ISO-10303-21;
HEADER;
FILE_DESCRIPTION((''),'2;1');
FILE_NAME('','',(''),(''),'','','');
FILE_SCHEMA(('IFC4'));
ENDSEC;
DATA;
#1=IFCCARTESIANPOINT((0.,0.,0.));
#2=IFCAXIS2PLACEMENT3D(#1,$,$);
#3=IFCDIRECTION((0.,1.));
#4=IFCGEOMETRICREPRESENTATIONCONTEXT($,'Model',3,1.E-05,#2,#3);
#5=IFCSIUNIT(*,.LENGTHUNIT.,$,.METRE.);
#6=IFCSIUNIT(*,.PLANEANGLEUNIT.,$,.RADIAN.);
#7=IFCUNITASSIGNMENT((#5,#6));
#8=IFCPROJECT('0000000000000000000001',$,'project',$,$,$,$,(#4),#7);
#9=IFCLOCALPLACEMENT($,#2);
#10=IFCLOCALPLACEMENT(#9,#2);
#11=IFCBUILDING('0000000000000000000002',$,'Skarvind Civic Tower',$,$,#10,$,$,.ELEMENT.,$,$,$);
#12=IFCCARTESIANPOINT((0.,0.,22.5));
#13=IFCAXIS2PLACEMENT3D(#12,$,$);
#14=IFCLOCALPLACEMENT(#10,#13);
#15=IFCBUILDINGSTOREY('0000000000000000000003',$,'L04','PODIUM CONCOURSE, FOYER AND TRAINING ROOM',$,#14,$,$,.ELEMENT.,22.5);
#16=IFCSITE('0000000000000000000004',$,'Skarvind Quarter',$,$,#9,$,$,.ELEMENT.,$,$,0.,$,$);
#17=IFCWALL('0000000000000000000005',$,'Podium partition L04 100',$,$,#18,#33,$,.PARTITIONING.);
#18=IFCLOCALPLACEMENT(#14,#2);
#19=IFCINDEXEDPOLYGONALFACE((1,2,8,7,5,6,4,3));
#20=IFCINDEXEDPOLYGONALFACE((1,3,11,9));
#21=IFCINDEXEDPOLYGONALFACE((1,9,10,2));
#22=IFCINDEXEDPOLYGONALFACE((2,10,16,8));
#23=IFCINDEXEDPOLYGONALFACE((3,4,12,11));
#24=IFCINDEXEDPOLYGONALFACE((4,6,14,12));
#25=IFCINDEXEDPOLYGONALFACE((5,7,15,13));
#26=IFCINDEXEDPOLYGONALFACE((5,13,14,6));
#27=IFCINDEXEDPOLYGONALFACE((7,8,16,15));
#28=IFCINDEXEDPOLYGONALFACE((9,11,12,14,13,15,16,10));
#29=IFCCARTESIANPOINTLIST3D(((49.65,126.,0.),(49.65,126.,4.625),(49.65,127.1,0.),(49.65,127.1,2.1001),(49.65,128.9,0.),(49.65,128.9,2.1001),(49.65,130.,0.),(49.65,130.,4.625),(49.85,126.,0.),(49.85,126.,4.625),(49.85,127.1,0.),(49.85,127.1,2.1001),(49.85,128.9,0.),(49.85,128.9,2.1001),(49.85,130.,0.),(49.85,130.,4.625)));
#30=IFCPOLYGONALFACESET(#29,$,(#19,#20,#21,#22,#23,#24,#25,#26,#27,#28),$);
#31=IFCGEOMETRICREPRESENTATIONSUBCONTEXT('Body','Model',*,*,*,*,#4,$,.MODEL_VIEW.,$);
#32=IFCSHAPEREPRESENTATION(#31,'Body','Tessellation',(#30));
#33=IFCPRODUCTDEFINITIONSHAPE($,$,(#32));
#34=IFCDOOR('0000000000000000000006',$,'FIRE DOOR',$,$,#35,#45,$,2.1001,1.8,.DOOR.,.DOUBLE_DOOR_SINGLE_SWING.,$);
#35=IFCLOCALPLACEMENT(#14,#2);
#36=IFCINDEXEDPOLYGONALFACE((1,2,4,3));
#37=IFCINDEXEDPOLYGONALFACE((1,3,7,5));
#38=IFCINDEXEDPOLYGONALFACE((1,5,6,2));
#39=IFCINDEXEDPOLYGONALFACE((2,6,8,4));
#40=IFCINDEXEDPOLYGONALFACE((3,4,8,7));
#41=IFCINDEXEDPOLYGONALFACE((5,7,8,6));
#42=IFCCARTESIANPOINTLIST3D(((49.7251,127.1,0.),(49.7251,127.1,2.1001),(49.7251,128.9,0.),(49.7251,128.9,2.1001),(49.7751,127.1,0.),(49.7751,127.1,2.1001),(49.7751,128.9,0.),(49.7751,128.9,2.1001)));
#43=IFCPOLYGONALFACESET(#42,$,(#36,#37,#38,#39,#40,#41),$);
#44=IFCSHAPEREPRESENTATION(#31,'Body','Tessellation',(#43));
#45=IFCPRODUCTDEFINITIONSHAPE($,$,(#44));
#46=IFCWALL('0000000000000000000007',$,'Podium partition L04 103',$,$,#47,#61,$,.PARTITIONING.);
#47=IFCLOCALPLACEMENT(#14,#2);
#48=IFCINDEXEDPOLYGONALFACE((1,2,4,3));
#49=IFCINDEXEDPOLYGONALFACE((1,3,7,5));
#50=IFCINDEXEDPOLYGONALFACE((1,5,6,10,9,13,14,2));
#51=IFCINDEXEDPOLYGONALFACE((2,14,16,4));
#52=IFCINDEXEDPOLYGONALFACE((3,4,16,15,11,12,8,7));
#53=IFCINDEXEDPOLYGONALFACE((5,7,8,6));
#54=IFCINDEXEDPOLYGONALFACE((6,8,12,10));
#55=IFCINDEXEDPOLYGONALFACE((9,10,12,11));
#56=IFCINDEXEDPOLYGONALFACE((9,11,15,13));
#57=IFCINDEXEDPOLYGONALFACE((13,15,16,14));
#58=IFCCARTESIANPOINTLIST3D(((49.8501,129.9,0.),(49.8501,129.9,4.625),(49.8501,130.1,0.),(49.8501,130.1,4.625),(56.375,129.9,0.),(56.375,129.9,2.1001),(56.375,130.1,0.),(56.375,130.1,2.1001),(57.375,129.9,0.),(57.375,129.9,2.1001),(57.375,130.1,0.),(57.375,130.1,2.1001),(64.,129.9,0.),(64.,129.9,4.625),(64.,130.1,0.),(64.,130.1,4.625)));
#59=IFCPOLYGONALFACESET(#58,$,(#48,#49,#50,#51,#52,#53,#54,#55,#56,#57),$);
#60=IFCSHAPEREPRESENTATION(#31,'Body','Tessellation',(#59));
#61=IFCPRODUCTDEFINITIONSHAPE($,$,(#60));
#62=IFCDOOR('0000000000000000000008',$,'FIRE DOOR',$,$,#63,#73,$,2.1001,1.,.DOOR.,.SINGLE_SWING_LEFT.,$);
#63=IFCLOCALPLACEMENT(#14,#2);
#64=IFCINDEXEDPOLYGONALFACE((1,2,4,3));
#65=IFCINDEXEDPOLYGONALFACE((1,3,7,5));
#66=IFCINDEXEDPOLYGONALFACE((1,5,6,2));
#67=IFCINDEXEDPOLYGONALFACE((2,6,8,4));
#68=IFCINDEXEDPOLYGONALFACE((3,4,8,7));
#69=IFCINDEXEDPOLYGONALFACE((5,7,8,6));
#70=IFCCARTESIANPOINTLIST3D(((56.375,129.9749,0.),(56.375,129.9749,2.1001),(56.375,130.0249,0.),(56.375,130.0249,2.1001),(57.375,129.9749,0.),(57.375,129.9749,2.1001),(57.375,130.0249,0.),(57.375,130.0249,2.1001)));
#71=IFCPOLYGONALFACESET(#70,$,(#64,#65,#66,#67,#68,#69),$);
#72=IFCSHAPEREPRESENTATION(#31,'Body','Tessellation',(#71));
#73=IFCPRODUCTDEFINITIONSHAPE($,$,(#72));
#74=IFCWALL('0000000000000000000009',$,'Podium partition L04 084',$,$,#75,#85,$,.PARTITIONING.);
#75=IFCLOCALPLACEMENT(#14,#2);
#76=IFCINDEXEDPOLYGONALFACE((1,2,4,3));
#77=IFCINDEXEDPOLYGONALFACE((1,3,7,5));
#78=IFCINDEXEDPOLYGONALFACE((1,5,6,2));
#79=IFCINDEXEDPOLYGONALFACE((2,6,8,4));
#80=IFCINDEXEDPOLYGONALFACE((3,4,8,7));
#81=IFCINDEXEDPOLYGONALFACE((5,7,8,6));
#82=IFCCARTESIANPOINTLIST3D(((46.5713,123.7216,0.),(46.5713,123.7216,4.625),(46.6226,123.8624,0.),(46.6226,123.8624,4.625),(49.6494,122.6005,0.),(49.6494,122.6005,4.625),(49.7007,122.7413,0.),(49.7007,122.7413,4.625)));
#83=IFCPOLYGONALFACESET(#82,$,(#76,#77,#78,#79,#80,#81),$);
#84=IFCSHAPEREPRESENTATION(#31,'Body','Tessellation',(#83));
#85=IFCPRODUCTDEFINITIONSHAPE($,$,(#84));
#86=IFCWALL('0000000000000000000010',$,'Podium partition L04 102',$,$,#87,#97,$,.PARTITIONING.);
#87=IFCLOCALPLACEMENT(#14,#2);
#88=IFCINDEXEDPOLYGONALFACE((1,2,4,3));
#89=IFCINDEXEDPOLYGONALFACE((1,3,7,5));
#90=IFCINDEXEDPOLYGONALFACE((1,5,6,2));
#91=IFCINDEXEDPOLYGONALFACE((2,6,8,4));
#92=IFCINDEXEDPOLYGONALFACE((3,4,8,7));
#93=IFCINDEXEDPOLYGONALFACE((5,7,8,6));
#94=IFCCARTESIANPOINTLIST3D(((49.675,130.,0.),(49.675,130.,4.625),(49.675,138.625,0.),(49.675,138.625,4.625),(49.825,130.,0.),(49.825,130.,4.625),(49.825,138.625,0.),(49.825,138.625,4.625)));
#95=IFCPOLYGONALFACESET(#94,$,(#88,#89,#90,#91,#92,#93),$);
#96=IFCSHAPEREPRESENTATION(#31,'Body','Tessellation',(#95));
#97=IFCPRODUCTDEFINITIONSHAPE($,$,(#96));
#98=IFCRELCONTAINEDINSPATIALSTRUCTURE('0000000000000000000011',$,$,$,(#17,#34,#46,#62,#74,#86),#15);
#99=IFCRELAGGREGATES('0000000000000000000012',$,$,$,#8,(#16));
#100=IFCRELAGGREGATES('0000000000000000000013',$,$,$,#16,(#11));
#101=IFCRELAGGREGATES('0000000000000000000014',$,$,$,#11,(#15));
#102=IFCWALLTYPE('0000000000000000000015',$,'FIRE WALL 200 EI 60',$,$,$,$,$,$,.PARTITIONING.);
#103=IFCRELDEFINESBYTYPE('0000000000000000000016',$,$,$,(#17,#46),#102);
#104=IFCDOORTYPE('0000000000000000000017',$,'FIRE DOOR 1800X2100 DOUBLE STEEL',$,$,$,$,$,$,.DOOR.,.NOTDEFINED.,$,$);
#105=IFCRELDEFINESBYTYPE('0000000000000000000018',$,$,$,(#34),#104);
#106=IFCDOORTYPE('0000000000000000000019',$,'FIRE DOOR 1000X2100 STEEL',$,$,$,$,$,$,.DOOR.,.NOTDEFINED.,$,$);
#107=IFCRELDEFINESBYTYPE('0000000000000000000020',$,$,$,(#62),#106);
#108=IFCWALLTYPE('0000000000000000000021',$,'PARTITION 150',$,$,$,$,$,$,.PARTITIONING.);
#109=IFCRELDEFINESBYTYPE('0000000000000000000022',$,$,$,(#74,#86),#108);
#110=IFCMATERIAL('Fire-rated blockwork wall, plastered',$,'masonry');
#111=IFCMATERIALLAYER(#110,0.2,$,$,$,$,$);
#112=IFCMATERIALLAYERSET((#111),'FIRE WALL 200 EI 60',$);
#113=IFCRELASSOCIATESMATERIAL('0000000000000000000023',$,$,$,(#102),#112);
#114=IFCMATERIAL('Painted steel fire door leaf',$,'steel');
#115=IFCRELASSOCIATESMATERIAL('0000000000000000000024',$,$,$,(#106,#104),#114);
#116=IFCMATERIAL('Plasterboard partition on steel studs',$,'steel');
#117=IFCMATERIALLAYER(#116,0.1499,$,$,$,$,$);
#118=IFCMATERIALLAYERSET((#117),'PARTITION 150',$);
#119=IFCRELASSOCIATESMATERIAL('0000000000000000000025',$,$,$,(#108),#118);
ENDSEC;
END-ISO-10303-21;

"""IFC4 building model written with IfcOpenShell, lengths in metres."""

from ifc_helpers import new_model, si_unit, direction, frame, frame_2d, origin, place, context, subcontext, project, spatial, rectangle, extrude, material, layer, layer_set, type_object, element, fill, save


model = new_model("IFC4")

# Units and contexts
model_context = context("Model", 3, precision=1e-05, world=origin(), true_north=direction((0.0, 1.0)))
body_context = subcontext(model_context, "Body", "Model", "MODEL_VIEW")
ifc_project = project(units=[si_unit("LENGTHUNIT", "METRE"), si_unit("PLANEANGLEUNIT", "RADIAN")], contexts=[model_context])

# Site, building, storey
site_placement = place(None, origin())
site = spatial("IfcSite", under=ifc_project, at=site_placement, Name="Skarvind Quarter", CompositionType="ELEMENT", RefElevation=0.0)
building_placement = place(site_placement, origin())
building = spatial("IfcBuilding", under=site, at=building_placement, Name="Skarvind Civic Tower", CompositionType="ELEMENT")
storey_placement = place(building_placement, frame((0.0, 0.0, 22.5)))
storey = spatial("IfcBuildingStorey", under=building, at=storey_placement, Name="L04", Description="PODIUM CONCOURSE, FOYER AND TRAINING ROOM", CompositionType="ELEMENT", Elevation=22.5)

# Walls, openings, doors
ifc_material_1 = material(Name="Fire-rated blockwork wall, plastered", Category="masonry")
ifc_layer_1 = layer(ifc_material_1, 0.2)
ifc_layer_set_1 = layer_set([ifc_layer_1], Name="FIRE WALL 200 EI 60")
wall_type_1 = type_object("IfcWallType", Name="FIRE WALL 200 EI 60", PredefinedType="PARTITIONING", material=ifc_layer_set_1)
ifc_material_2 = material(Name="Painted steel fire door leaf", Category="steel")
door_type_1 = type_object("IfcDoorType", Name="FIRE DOOR 1000X2100 STEEL", OperationType="NOTDEFINED", PredefinedType="DOOR", material=ifc_material_2)
door_type_2 = type_object("IfcDoorType", Name="FIRE DOOR 1800X2100 DOUBLE STEEL", OperationType="NOTDEFINED", PredefinedType="DOOR", material=ifc_material_2)
wall_1_placement = place(storey_placement, frame((49.75, 126.0, 0.0), z_axis=(0.0, 0.0, 1.0), x_axis=(0.0, 1.0, 0.0)))
wall_1 = element("IfcWall", 1, at=wall_1_placement, inside=storey, type_object=wall_type_1, Name="Podium partition L04 100", PredefinedType="PARTITIONING", context=body_context, shape_type="SweptSolid", body=[
    extrude(rectangle(XDim=4.0, YDim=0.2, at=frame_2d((2.0, 0.0))), origin(), (0.0, 0.0, 1.0), 4.625),
])
opening_1_placement = place(wall_1_placement, frame((1.1001, 0.0, 0.0)))
opening_1 = element("IfcOpeningElement", 2, at=opening_1_placement, cuts=wall_1, PredefinedType="OPENING", context=body_context, shape_type="SweptSolid", body=[
    extrude(rectangle(XDim=1.8, YDim=2.1001, at=frame_2d((0.8999, 1.05))), frame((0.0, 0.1099, 0.0), z_axis=(0.0, -1.0, 0.0), x_axis=(1.0, 0.0, 0.0)), (0.0, 0.0, 1.0), 0.22),
])
door_1_placement = place(opening_1_placement, origin())
door_1 = element("IfcDoor", 3, at=door_1_placement, inside=storey, type_object=door_type_2, Name="FIRE DOOR", OperationType="DOUBLE_DOOR_SINGLE_SWING", OverallHeight=2.1001, OverallWidth=1.8, PredefinedType="DOOR", context=body_context, shape_type="SweptSolid", body=[
    extrude(rectangle(XDim=1.8, YDim=2.1001, at=frame_2d((0.8999, 1.05))), frame((0.0, 0.0249, 0.0), z_axis=(0.0, -1.0, 0.0), x_axis=(1.0, 0.0, 0.0)), (0.0, 0.0, 1.0), 0.05),
])
fill(opening_1, door_1)
wall_2_placement = place(storey_placement, frame((49.8501, 130.0, 0.0), z_axis=(0.0, 0.0, 1.0), x_axis=(1.0, 0.0, 0.0)))
wall_2 = element("IfcWall", 4, at=wall_2_placement, inside=storey, type_object=wall_type_1, Name="Podium partition L04 103", PredefinedType="PARTITIONING", context=body_context, shape_type="SweptSolid", body=[
    extrude(rectangle(XDim=14.1499, YDim=0.2, at=frame_2d((7.075, 0.0))), origin(), (0.0, 0.0, 1.0), 4.625),
])
opening_2_placement = place(wall_2_placement, frame((6.5249, 0.0, 0.0)))
opening_2 = element("IfcOpeningElement", 5, at=opening_2_placement, cuts=wall_2, PredefinedType="OPENING", context=body_context, shape_type="SweptSolid", body=[
    extrude(rectangle(XDim=1.0, YDim=2.1001, at=frame_2d((0.5, 1.05))), frame((0.0, 0.1099, 0.0), z_axis=(0.0, -1.0, 0.0), x_axis=(1.0, 0.0, 0.0)), (0.0, 0.0, 1.0), 0.22),
])
door_2_placement = place(opening_2_placement, origin())
door_2 = element("IfcDoor", 6, at=door_2_placement, inside=storey, type_object=door_type_1, Name="FIRE DOOR", OperationType="SINGLE_SWING_LEFT", OverallHeight=2.1001, OverallWidth=1.0, PredefinedType="DOOR", context=body_context, shape_type="SweptSolid", body=[
    extrude(rectangle(XDim=1.0, YDim=2.1001, at=frame_2d((0.5, 1.05))), frame((0.0, 0.0249, 0.0), z_axis=(0.0, -1.0, 0.0), x_axis=(1.0, 0.0, 0.0)), (0.0, 0.0, 1.0), 0.05),
])
fill(opening_2, door_2)

# Walls
ifc_material_3 = material(Name="Plasterboard partition on steel studs", Category="steel")
ifc_layer_2 = layer(ifc_material_3, 0.1499)
ifc_layer_set_2 = layer_set([ifc_layer_2], Name="PARTITION 150")
wall_type_2 = type_object("IfcWallType", Name="PARTITION 150", PredefinedType="PARTITIONING", material=ifc_layer_set_2)
wall_3_placement = place(storey_placement, frame((46.5969, 123.792, 0.0), z_axis=(0.0, 0.0, 1.0), x_axis=(0.939619, -0.342222, 0.0)))
element("IfcWall", 7, at=wall_3_placement, inside=storey, type_object=wall_type_2, Name="Podium partition L04 084", PredefinedType="PARTITIONING", context=body_context, shape_type="SweptSolid", body=[
    extrude(rectangle(XDim=3.2759, YDim=0.1499, at=frame_2d((1.6379, 0.0))), origin(), (0.0, 0.0, 1.0), 4.625),
])
wall_4_placement = place(storey_placement, frame((49.75, 130.0, 0.0), z_axis=(0.0, 0.0, 1.0), x_axis=(0.0, 1.0, 0.0)))
element("IfcWall", 8, at=wall_4_placement, inside=storey, type_object=wall_type_2, Name="Podium partition L04 102", PredefinedType="PARTITIONING", context=body_context, shape_type="SweptSolid", body=[
    extrude(rectangle(XDim=8.625, YDim=0.1499, at=frame_2d((4.3125, 0.0))), origin(), (0.0, 0.0, 1.0), 4.625),
])

save(model, "model.ifc")
